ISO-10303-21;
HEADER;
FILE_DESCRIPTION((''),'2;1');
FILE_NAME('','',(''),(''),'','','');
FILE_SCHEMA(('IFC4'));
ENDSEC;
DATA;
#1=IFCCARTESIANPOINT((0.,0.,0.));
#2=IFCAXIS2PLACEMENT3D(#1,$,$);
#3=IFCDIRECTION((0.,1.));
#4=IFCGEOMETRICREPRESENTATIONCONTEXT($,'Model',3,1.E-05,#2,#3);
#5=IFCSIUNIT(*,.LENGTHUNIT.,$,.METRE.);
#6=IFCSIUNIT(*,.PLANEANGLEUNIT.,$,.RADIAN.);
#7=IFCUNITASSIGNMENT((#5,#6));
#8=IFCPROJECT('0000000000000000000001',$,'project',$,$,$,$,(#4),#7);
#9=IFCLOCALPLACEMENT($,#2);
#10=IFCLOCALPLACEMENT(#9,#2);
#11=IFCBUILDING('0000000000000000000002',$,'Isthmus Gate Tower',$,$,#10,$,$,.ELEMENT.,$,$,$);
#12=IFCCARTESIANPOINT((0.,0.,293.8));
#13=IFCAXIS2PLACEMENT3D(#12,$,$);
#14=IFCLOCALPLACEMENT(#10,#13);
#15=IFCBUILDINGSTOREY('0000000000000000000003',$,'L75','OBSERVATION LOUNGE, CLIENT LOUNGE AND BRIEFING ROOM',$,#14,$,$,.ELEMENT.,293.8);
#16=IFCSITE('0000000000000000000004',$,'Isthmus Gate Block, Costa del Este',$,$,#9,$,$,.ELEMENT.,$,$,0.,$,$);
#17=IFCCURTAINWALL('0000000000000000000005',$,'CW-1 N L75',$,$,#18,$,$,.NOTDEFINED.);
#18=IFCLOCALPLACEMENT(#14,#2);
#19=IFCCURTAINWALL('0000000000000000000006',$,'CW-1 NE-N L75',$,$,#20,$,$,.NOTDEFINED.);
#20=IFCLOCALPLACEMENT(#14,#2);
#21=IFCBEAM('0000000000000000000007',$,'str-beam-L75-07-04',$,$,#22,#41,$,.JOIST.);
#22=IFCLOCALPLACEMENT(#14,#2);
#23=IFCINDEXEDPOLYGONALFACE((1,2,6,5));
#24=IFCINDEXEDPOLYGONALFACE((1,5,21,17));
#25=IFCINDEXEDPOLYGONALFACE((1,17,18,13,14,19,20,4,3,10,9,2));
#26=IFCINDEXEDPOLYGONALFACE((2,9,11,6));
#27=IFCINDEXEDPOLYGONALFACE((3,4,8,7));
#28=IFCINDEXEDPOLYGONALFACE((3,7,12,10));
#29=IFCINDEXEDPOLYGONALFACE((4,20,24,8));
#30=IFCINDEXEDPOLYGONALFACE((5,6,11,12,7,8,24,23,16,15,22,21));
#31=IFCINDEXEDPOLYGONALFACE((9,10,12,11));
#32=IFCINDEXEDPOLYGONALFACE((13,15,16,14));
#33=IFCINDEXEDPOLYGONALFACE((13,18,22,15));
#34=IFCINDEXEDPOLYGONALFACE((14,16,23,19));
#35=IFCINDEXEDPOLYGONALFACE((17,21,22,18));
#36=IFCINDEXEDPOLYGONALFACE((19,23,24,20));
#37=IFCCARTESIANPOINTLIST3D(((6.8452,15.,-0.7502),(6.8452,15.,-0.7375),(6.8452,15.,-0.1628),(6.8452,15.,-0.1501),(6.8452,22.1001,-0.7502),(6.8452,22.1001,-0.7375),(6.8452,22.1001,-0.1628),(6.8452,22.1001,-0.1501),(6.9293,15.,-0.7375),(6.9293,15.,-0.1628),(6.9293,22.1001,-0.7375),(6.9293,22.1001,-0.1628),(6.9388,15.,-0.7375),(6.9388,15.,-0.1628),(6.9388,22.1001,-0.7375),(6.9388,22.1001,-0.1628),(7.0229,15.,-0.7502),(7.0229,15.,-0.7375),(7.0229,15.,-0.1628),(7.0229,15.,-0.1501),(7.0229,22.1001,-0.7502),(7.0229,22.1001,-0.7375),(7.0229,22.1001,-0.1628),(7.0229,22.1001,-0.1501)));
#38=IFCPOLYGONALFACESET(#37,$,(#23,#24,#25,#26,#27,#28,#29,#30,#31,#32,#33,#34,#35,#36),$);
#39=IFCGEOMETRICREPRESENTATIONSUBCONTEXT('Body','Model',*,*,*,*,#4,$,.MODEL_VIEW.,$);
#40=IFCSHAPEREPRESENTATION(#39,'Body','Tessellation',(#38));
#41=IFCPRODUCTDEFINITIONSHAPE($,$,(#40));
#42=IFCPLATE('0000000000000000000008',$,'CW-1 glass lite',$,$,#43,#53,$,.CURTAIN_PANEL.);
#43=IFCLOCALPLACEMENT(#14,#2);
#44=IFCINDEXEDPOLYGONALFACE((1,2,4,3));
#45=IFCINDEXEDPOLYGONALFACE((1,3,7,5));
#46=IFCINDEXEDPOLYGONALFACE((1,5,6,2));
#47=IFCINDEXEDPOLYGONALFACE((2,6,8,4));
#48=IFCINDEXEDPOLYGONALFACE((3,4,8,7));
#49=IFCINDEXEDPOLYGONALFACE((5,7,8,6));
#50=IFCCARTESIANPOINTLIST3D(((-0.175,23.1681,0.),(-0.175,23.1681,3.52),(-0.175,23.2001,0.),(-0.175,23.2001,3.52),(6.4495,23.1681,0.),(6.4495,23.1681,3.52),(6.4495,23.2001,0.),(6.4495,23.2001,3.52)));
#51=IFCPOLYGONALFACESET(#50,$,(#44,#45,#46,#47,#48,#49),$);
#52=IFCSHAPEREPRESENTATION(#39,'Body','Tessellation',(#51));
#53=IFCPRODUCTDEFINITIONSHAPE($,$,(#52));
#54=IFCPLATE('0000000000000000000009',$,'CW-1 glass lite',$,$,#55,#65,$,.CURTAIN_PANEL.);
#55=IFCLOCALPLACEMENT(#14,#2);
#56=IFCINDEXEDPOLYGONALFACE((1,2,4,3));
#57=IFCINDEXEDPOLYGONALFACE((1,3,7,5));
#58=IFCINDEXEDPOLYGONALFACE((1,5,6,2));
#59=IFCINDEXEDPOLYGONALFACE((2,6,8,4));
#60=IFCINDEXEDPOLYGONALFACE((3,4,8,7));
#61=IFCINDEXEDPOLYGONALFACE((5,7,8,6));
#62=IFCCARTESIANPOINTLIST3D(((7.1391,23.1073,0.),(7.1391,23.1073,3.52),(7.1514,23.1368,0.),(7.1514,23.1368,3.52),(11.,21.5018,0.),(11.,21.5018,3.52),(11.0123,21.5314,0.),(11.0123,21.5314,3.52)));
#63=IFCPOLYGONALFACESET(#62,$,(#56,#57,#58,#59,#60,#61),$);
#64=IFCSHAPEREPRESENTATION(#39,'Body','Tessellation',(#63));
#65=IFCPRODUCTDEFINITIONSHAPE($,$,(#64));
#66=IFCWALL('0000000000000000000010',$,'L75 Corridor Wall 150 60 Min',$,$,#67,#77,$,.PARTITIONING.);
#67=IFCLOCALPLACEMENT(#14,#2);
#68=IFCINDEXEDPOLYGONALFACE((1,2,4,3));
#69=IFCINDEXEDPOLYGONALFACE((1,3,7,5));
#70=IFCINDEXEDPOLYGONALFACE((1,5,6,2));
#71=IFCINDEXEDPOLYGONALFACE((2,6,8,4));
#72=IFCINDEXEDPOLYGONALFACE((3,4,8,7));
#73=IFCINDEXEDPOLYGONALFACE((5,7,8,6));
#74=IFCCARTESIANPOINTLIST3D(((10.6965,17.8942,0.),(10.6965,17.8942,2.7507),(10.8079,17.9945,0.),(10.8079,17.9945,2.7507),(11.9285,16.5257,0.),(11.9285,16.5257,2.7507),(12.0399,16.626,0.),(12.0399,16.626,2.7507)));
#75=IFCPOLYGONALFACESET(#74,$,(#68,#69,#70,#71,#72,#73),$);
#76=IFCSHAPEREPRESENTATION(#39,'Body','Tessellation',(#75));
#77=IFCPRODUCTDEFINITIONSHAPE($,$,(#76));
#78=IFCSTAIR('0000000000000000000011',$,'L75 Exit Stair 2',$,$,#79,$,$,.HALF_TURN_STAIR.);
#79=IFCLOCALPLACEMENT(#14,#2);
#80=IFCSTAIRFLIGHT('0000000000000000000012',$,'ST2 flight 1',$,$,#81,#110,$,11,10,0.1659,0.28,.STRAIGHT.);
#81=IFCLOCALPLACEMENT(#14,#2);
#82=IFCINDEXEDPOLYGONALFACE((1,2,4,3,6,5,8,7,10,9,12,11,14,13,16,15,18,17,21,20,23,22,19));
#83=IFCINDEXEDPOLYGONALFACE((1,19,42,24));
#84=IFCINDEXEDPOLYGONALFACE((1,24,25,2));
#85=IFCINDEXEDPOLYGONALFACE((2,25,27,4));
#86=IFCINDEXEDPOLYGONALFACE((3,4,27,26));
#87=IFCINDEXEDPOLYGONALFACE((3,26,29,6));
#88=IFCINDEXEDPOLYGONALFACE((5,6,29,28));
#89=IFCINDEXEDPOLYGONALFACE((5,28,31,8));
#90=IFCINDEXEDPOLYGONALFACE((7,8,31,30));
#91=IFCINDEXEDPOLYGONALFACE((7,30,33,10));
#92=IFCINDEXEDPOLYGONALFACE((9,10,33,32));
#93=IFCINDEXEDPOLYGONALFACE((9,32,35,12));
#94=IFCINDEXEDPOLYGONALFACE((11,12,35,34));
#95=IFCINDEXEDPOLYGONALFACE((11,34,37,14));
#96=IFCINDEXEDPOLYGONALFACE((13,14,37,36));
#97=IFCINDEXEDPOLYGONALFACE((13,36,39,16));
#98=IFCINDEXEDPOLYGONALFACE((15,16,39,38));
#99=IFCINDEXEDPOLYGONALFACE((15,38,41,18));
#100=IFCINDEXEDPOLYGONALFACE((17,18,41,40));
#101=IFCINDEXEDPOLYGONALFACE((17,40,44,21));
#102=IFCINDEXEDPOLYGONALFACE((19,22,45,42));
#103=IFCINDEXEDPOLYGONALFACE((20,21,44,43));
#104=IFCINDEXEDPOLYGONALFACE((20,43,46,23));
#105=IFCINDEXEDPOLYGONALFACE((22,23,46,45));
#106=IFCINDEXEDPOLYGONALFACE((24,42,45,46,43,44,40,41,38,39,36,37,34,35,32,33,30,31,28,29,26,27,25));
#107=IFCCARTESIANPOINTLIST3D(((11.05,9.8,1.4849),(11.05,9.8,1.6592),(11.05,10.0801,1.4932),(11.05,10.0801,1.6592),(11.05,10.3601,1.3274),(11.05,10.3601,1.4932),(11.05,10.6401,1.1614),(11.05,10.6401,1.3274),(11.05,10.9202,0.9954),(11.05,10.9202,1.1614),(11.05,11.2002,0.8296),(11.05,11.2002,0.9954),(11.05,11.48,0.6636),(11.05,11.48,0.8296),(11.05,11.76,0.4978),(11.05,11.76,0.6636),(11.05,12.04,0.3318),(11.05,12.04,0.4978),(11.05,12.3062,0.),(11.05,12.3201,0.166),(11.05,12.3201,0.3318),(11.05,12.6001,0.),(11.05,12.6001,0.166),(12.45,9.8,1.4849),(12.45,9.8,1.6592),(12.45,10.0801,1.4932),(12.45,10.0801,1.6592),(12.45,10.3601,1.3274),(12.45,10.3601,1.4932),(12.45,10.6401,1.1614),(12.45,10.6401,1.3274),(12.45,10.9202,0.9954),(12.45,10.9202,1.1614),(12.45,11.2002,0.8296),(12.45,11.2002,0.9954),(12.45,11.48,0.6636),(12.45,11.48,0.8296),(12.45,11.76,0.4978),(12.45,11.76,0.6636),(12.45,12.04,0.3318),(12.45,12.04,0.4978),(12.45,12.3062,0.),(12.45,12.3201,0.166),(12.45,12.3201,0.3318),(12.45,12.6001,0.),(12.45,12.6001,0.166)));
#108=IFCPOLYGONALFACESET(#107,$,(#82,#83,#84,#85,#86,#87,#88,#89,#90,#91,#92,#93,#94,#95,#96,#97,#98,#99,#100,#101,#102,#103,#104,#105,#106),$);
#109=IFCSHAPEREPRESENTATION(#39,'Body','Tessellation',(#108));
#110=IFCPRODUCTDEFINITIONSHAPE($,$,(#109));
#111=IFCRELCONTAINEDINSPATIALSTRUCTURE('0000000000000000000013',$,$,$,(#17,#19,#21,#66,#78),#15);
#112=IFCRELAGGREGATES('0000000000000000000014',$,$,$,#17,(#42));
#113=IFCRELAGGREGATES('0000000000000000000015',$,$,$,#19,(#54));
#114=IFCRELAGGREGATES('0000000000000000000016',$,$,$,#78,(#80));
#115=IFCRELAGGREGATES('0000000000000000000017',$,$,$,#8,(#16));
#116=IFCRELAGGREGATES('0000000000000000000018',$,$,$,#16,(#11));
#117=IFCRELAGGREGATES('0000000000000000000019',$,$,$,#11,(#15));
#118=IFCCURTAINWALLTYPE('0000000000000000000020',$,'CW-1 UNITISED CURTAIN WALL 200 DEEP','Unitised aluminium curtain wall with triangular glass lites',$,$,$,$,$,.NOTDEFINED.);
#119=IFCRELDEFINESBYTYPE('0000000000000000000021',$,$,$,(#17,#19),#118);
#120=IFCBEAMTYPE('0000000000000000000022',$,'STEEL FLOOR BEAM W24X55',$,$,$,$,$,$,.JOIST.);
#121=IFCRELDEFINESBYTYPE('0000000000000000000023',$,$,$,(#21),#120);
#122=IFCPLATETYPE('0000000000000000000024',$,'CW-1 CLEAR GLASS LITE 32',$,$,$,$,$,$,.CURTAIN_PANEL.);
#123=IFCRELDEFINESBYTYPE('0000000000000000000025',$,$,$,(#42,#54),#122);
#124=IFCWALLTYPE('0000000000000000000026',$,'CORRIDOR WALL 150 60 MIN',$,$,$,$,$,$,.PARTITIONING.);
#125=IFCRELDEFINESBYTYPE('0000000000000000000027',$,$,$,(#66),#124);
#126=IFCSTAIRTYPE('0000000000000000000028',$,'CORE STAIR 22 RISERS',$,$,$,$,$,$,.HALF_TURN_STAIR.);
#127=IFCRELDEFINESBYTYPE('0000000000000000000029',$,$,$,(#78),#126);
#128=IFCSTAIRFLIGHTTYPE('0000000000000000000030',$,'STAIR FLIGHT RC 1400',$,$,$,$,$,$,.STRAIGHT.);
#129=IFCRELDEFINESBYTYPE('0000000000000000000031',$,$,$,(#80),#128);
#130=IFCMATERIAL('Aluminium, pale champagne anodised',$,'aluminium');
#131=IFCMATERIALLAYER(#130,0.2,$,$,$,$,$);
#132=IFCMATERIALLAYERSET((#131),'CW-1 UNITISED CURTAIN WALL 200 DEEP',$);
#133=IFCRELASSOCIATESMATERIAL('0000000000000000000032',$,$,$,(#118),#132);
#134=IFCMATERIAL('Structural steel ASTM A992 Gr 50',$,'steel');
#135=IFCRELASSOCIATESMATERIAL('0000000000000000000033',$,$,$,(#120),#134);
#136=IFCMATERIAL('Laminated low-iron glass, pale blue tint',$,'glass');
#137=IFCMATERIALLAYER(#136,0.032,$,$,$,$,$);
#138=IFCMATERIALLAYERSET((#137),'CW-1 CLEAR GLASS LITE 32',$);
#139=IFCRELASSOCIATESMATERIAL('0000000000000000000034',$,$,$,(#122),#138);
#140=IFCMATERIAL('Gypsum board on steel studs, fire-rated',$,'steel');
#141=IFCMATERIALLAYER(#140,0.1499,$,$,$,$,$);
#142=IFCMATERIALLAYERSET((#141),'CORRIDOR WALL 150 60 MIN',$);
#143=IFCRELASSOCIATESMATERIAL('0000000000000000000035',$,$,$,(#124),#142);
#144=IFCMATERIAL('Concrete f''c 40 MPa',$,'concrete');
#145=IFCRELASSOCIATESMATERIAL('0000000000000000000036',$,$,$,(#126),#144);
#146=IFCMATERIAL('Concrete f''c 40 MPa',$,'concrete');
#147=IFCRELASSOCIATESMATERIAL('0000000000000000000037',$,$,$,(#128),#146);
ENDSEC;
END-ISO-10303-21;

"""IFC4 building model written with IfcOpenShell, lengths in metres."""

from ifc_helpers import new_model, si_unit, direction, frame, frame_2d, origin, origin_2d, place, context, subcontext, project, spatial, polyline, rectangle, i_section, outline, extrude, material, layer, layer_set, material_profile, profile_set, type_object, element, aggregate, save


model = new_model("IFC4")

# Units and contexts
model_context = context("Model", 3, precision=1e-05, world=origin(), true_north=direction((0.0, 1.0)))
body_context = subcontext(model_context, "Body", "Model", "MODEL_VIEW")
ifc_project = project(units=[si_unit("LENGTHUNIT", "METRE"), si_unit("PLANEANGLEUNIT", "RADIAN")], contexts=[model_context])

# Site, building, storey
site_placement = place(None, origin())
site = spatial("IfcSite", under=ifc_project, at=site_placement, Name="Isthmus Gate Block, Costa del Este", CompositionType="ELEMENT", RefElevation=0.0)
building_placement = place(site_placement, origin())
building = spatial("IfcBuilding", under=site, at=building_placement, Name="Isthmus Gate Tower", CompositionType="ELEMENT")
storey_placement = place(building_placement, frame((0.0, 0.0, 293.8)))
storey = spatial("IfcBuildingStorey", under=building, at=storey_placement, Name="L75", Description="OBSERVATION LOUNGE, CLIENT LOUNGE AND BRIEFING ROOM", CompositionType="ELEMENT", Elevation=293.8)

# Curtain walls
ifc_material_1 = material(Name="Aluminium, pale champagne anodised", Category="aluminium")
ifc_layer_1 = layer(ifc_material_1, 0.2)
ifc_layer_set_1 = layer_set([ifc_layer_1], Name="CW-1 UNITISED CURTAIN WALL 200 DEEP")
curtain_wall_type = type_object("IfcCurtainWallType", Name="CW-1 UNITISED CURTAIN WALL 200 DEEP", Description="Unitised aluminium curtain wall with triangular glass lites", PredefinedType="NOTDEFINED", material=ifc_layer_set_1)
curtain_wall_1_placement = place(storey_placement, origin())
curtain_wall_1 = element("IfcCurtainWall", 1, at=curtain_wall_1_placement, inside=storey, type_object=curtain_wall_type, Name="CW-1 N L75", PredefinedType="NOTDEFINED")
curtain_wall_2_placement = place(storey_placement, origin())
curtain_wall_2 = element("IfcCurtainWall", 2, at=curtain_wall_2_placement, inside=storey, type_object=curtain_wall_type, Name="CW-1 NE-N L75", PredefinedType="NOTDEFINED")

# Beam
ifc_material_2 = material(Name="Structural steel ASTM A992 Gr 50", Category="steel")
ifc_material_profile_1 = material_profile(ifc_material_2, i_section(OverallWidth=0.1777, OverallDepth=0.6001, WebThickness=0.0095, FlangeThickness=0.0127, at=origin_2d()), Name="W24X55")
ifc_profile_set_1 = profile_set([ifc_material_profile_1], Name="Structural steel ASTM A992 Gr 50")
beam_type_1 = type_object("IfcBeamType", Name="STEEL FLOOR BEAM W24X55", PredefinedType="JOIST", material=ifc_profile_set_1)
beam_1_placement = place(storey_placement, frame((6.9341, 15.0, -0.4502), z_axis=(0.0, 1.0, 0.0), x_axis=(-1.0, 0.0, 0.0)))
element("IfcBeam", 3, at=beam_1_placement, inside=storey, type_object=beam_type_1, Name="str-beam-L75-07-04", PredefinedType="JOIST", context=body_context, shape_type="SweptSolid", body=[
    extrude(i_section(OverallWidth=0.1777, OverallDepth=0.6001, WebThickness=0.0095, FlangeThickness=0.0127, at=origin_2d()), origin(), (0.0, 0.0, 1.0), 7.1001),
])

# Plates
ifc_material_3 = material(Name="Laminated low-iron glass, pale blue tint", Category="glass")
ifc_layer_2 = layer(ifc_material_3, 0.032)
ifc_layer_set_2 = layer_set([ifc_layer_2], Name="CW-1 CLEAR GLASS LITE 32")
plate_type = type_object("IfcPlateType", Name="CW-1 CLEAR GLASS LITE 32", PredefinedType="CURTAIN_PANEL", material=ifc_layer_set_2)
plate_1_placement = place(storey_placement, frame((3.1372, 23.1841, 0.0), z_axis=(0.0, 0.0, 1.0), x_axis=(-1.0, 0.0, 0.0)))
plate_1 = element("IfcPlate", 4, at=plate_1_placement, type_object=plate_type, Name="CW-1 glass lite", PredefinedType="CURTAIN_PANEL", context=body_context, shape_type="SweptSolid", body=[
    extrude(rectangle(XDim=6.6245, YDim=0.032, at=origin_2d()), origin(), (0.0, 0.0, 1.0), 3.52),
])
aggregate(curtain_wall_1, [plate_1])
plate_2_placement = place(storey_placement, frame((9.0757, 22.3193, 0.0), z_axis=(0.0, 0.0, 1.0), x_axis=(-0.923353, 0.383952, 0.0)))
plate_2 = element("IfcPlate", 5, at=plate_2_placement, type_object=plate_type, Name="CW-1 glass lite", PredefinedType="CURTAIN_PANEL", context=body_context, shape_type="SweptSolid", body=[
    extrude(rectangle(XDim=4.1814, YDim=0.032, at=origin_2d()), origin(), (0.0, 0.0, 1.0), 3.52),
])
aggregate(curtain_wall_2, [plate_2])

# Wall
ifc_material_4 = material(Name="Gypsum board on steel studs, fire-rated", Category="steel")
ifc_layer_3 = layer(ifc_material_4, 0.1499)
ifc_layer_set_3 = layer_set([ifc_layer_3], Name="CORRIDOR WALL 150 60 MIN")
wall_type = type_object("IfcWallType", Name="CORRIDOR WALL 150 60 MIN", PredefinedType="PARTITIONING", material=ifc_layer_set_3)
wall_placement = place(storey_placement, frame((10.7522, 17.9443, 0.0), z_axis=(0.0, 0.0, 1.0), x_axis=(0.669075, -0.743195, 0.0)))
element("IfcWall", 6, at=wall_placement, inside=storey, type_object=wall_type, Name="L75 Corridor Wall 150 60 Min", PredefinedType="PARTITIONING", context=body_context, shape_type="SweptSolid", body=[
    extrude(rectangle(XDim=1.8413, YDim=0.1499, at=frame_2d((0.9207, 0.0))), origin(), (0.0, 0.0, 1.0), 2.7507),
])

# Stair, stair flight
ifc_material_5 = material(Name="Concrete f'c 40 MPa", Category="concrete")
stair_type = type_object("IfcStairType", Name="CORE STAIR 22 RISERS", PredefinedType="HALF_TURN_STAIR", material=ifc_material_5)
stair_placement = place(storey_placement, origin())
stair = element("IfcStair", 7, at=stair_placement, inside=storey, type_object=stair_type, Name="L75 Exit Stair 2", PredefinedType="HALF_TURN_STAIR")
ifc_material_6 = material(Name="Concrete f'c 40 MPa", Category="concrete")
stair_flight_type = type_object("IfcStairFlightType", Name="STAIR FLIGHT RC 1400", PredefinedType="STRAIGHT", material=ifc_material_6)
stair_flight_placement = place(storey_placement, frame((11.75, 12.6001, 0.0), z_axis=(0.0, 0.0, 1.0), x_axis=(0.0, -1.0, 0.0)))
stair_flight = element("IfcStairFlight", 8, at=stair_flight_placement, type_object=stair_flight_type, Name="ST2 flight 1", NumberOfRisers=11, NumberOfTreads=10, PredefinedType="STRAIGHT", RiserHeight=0.1659, TreadLength=0.28, context=body_context, shape_type="SweptSolid", body=[
    extrude(outline(polyline([(0.0, 0.0), (0.0, 0.166), (0.28, 0.166), (0.28, 0.3318), (0.5601, 0.3318), (0.5601, 0.4978), (0.8401, 0.4978), (0.8401, 0.6636), (1.1201, 0.6636), (1.1201, 0.8296), (1.3999, 0.8296), (1.3999, 0.9954), (1.6799, 0.9954), (1.6799, 1.1614), (1.96, 1.1614), (1.96, 1.3274), (2.24, 1.3274), (2.24, 1.4932), (2.52, 1.4932), (2.52, 1.6592), (2.8, 1.6592), (2.8, 1.825), (2.8, 1.4849), (0.2939, 0.0), (0.0, 0.0)])), frame((0.0, 0.7, 0.0), z_axis=(0.0, -1.0, 0.0), x_axis=(1.0, 0.0, 0.0)), (0.0, 0.0, 1.0), 1.3999),
])
aggregate(stair, [stair_flight])

save(model, "model.ifc")
